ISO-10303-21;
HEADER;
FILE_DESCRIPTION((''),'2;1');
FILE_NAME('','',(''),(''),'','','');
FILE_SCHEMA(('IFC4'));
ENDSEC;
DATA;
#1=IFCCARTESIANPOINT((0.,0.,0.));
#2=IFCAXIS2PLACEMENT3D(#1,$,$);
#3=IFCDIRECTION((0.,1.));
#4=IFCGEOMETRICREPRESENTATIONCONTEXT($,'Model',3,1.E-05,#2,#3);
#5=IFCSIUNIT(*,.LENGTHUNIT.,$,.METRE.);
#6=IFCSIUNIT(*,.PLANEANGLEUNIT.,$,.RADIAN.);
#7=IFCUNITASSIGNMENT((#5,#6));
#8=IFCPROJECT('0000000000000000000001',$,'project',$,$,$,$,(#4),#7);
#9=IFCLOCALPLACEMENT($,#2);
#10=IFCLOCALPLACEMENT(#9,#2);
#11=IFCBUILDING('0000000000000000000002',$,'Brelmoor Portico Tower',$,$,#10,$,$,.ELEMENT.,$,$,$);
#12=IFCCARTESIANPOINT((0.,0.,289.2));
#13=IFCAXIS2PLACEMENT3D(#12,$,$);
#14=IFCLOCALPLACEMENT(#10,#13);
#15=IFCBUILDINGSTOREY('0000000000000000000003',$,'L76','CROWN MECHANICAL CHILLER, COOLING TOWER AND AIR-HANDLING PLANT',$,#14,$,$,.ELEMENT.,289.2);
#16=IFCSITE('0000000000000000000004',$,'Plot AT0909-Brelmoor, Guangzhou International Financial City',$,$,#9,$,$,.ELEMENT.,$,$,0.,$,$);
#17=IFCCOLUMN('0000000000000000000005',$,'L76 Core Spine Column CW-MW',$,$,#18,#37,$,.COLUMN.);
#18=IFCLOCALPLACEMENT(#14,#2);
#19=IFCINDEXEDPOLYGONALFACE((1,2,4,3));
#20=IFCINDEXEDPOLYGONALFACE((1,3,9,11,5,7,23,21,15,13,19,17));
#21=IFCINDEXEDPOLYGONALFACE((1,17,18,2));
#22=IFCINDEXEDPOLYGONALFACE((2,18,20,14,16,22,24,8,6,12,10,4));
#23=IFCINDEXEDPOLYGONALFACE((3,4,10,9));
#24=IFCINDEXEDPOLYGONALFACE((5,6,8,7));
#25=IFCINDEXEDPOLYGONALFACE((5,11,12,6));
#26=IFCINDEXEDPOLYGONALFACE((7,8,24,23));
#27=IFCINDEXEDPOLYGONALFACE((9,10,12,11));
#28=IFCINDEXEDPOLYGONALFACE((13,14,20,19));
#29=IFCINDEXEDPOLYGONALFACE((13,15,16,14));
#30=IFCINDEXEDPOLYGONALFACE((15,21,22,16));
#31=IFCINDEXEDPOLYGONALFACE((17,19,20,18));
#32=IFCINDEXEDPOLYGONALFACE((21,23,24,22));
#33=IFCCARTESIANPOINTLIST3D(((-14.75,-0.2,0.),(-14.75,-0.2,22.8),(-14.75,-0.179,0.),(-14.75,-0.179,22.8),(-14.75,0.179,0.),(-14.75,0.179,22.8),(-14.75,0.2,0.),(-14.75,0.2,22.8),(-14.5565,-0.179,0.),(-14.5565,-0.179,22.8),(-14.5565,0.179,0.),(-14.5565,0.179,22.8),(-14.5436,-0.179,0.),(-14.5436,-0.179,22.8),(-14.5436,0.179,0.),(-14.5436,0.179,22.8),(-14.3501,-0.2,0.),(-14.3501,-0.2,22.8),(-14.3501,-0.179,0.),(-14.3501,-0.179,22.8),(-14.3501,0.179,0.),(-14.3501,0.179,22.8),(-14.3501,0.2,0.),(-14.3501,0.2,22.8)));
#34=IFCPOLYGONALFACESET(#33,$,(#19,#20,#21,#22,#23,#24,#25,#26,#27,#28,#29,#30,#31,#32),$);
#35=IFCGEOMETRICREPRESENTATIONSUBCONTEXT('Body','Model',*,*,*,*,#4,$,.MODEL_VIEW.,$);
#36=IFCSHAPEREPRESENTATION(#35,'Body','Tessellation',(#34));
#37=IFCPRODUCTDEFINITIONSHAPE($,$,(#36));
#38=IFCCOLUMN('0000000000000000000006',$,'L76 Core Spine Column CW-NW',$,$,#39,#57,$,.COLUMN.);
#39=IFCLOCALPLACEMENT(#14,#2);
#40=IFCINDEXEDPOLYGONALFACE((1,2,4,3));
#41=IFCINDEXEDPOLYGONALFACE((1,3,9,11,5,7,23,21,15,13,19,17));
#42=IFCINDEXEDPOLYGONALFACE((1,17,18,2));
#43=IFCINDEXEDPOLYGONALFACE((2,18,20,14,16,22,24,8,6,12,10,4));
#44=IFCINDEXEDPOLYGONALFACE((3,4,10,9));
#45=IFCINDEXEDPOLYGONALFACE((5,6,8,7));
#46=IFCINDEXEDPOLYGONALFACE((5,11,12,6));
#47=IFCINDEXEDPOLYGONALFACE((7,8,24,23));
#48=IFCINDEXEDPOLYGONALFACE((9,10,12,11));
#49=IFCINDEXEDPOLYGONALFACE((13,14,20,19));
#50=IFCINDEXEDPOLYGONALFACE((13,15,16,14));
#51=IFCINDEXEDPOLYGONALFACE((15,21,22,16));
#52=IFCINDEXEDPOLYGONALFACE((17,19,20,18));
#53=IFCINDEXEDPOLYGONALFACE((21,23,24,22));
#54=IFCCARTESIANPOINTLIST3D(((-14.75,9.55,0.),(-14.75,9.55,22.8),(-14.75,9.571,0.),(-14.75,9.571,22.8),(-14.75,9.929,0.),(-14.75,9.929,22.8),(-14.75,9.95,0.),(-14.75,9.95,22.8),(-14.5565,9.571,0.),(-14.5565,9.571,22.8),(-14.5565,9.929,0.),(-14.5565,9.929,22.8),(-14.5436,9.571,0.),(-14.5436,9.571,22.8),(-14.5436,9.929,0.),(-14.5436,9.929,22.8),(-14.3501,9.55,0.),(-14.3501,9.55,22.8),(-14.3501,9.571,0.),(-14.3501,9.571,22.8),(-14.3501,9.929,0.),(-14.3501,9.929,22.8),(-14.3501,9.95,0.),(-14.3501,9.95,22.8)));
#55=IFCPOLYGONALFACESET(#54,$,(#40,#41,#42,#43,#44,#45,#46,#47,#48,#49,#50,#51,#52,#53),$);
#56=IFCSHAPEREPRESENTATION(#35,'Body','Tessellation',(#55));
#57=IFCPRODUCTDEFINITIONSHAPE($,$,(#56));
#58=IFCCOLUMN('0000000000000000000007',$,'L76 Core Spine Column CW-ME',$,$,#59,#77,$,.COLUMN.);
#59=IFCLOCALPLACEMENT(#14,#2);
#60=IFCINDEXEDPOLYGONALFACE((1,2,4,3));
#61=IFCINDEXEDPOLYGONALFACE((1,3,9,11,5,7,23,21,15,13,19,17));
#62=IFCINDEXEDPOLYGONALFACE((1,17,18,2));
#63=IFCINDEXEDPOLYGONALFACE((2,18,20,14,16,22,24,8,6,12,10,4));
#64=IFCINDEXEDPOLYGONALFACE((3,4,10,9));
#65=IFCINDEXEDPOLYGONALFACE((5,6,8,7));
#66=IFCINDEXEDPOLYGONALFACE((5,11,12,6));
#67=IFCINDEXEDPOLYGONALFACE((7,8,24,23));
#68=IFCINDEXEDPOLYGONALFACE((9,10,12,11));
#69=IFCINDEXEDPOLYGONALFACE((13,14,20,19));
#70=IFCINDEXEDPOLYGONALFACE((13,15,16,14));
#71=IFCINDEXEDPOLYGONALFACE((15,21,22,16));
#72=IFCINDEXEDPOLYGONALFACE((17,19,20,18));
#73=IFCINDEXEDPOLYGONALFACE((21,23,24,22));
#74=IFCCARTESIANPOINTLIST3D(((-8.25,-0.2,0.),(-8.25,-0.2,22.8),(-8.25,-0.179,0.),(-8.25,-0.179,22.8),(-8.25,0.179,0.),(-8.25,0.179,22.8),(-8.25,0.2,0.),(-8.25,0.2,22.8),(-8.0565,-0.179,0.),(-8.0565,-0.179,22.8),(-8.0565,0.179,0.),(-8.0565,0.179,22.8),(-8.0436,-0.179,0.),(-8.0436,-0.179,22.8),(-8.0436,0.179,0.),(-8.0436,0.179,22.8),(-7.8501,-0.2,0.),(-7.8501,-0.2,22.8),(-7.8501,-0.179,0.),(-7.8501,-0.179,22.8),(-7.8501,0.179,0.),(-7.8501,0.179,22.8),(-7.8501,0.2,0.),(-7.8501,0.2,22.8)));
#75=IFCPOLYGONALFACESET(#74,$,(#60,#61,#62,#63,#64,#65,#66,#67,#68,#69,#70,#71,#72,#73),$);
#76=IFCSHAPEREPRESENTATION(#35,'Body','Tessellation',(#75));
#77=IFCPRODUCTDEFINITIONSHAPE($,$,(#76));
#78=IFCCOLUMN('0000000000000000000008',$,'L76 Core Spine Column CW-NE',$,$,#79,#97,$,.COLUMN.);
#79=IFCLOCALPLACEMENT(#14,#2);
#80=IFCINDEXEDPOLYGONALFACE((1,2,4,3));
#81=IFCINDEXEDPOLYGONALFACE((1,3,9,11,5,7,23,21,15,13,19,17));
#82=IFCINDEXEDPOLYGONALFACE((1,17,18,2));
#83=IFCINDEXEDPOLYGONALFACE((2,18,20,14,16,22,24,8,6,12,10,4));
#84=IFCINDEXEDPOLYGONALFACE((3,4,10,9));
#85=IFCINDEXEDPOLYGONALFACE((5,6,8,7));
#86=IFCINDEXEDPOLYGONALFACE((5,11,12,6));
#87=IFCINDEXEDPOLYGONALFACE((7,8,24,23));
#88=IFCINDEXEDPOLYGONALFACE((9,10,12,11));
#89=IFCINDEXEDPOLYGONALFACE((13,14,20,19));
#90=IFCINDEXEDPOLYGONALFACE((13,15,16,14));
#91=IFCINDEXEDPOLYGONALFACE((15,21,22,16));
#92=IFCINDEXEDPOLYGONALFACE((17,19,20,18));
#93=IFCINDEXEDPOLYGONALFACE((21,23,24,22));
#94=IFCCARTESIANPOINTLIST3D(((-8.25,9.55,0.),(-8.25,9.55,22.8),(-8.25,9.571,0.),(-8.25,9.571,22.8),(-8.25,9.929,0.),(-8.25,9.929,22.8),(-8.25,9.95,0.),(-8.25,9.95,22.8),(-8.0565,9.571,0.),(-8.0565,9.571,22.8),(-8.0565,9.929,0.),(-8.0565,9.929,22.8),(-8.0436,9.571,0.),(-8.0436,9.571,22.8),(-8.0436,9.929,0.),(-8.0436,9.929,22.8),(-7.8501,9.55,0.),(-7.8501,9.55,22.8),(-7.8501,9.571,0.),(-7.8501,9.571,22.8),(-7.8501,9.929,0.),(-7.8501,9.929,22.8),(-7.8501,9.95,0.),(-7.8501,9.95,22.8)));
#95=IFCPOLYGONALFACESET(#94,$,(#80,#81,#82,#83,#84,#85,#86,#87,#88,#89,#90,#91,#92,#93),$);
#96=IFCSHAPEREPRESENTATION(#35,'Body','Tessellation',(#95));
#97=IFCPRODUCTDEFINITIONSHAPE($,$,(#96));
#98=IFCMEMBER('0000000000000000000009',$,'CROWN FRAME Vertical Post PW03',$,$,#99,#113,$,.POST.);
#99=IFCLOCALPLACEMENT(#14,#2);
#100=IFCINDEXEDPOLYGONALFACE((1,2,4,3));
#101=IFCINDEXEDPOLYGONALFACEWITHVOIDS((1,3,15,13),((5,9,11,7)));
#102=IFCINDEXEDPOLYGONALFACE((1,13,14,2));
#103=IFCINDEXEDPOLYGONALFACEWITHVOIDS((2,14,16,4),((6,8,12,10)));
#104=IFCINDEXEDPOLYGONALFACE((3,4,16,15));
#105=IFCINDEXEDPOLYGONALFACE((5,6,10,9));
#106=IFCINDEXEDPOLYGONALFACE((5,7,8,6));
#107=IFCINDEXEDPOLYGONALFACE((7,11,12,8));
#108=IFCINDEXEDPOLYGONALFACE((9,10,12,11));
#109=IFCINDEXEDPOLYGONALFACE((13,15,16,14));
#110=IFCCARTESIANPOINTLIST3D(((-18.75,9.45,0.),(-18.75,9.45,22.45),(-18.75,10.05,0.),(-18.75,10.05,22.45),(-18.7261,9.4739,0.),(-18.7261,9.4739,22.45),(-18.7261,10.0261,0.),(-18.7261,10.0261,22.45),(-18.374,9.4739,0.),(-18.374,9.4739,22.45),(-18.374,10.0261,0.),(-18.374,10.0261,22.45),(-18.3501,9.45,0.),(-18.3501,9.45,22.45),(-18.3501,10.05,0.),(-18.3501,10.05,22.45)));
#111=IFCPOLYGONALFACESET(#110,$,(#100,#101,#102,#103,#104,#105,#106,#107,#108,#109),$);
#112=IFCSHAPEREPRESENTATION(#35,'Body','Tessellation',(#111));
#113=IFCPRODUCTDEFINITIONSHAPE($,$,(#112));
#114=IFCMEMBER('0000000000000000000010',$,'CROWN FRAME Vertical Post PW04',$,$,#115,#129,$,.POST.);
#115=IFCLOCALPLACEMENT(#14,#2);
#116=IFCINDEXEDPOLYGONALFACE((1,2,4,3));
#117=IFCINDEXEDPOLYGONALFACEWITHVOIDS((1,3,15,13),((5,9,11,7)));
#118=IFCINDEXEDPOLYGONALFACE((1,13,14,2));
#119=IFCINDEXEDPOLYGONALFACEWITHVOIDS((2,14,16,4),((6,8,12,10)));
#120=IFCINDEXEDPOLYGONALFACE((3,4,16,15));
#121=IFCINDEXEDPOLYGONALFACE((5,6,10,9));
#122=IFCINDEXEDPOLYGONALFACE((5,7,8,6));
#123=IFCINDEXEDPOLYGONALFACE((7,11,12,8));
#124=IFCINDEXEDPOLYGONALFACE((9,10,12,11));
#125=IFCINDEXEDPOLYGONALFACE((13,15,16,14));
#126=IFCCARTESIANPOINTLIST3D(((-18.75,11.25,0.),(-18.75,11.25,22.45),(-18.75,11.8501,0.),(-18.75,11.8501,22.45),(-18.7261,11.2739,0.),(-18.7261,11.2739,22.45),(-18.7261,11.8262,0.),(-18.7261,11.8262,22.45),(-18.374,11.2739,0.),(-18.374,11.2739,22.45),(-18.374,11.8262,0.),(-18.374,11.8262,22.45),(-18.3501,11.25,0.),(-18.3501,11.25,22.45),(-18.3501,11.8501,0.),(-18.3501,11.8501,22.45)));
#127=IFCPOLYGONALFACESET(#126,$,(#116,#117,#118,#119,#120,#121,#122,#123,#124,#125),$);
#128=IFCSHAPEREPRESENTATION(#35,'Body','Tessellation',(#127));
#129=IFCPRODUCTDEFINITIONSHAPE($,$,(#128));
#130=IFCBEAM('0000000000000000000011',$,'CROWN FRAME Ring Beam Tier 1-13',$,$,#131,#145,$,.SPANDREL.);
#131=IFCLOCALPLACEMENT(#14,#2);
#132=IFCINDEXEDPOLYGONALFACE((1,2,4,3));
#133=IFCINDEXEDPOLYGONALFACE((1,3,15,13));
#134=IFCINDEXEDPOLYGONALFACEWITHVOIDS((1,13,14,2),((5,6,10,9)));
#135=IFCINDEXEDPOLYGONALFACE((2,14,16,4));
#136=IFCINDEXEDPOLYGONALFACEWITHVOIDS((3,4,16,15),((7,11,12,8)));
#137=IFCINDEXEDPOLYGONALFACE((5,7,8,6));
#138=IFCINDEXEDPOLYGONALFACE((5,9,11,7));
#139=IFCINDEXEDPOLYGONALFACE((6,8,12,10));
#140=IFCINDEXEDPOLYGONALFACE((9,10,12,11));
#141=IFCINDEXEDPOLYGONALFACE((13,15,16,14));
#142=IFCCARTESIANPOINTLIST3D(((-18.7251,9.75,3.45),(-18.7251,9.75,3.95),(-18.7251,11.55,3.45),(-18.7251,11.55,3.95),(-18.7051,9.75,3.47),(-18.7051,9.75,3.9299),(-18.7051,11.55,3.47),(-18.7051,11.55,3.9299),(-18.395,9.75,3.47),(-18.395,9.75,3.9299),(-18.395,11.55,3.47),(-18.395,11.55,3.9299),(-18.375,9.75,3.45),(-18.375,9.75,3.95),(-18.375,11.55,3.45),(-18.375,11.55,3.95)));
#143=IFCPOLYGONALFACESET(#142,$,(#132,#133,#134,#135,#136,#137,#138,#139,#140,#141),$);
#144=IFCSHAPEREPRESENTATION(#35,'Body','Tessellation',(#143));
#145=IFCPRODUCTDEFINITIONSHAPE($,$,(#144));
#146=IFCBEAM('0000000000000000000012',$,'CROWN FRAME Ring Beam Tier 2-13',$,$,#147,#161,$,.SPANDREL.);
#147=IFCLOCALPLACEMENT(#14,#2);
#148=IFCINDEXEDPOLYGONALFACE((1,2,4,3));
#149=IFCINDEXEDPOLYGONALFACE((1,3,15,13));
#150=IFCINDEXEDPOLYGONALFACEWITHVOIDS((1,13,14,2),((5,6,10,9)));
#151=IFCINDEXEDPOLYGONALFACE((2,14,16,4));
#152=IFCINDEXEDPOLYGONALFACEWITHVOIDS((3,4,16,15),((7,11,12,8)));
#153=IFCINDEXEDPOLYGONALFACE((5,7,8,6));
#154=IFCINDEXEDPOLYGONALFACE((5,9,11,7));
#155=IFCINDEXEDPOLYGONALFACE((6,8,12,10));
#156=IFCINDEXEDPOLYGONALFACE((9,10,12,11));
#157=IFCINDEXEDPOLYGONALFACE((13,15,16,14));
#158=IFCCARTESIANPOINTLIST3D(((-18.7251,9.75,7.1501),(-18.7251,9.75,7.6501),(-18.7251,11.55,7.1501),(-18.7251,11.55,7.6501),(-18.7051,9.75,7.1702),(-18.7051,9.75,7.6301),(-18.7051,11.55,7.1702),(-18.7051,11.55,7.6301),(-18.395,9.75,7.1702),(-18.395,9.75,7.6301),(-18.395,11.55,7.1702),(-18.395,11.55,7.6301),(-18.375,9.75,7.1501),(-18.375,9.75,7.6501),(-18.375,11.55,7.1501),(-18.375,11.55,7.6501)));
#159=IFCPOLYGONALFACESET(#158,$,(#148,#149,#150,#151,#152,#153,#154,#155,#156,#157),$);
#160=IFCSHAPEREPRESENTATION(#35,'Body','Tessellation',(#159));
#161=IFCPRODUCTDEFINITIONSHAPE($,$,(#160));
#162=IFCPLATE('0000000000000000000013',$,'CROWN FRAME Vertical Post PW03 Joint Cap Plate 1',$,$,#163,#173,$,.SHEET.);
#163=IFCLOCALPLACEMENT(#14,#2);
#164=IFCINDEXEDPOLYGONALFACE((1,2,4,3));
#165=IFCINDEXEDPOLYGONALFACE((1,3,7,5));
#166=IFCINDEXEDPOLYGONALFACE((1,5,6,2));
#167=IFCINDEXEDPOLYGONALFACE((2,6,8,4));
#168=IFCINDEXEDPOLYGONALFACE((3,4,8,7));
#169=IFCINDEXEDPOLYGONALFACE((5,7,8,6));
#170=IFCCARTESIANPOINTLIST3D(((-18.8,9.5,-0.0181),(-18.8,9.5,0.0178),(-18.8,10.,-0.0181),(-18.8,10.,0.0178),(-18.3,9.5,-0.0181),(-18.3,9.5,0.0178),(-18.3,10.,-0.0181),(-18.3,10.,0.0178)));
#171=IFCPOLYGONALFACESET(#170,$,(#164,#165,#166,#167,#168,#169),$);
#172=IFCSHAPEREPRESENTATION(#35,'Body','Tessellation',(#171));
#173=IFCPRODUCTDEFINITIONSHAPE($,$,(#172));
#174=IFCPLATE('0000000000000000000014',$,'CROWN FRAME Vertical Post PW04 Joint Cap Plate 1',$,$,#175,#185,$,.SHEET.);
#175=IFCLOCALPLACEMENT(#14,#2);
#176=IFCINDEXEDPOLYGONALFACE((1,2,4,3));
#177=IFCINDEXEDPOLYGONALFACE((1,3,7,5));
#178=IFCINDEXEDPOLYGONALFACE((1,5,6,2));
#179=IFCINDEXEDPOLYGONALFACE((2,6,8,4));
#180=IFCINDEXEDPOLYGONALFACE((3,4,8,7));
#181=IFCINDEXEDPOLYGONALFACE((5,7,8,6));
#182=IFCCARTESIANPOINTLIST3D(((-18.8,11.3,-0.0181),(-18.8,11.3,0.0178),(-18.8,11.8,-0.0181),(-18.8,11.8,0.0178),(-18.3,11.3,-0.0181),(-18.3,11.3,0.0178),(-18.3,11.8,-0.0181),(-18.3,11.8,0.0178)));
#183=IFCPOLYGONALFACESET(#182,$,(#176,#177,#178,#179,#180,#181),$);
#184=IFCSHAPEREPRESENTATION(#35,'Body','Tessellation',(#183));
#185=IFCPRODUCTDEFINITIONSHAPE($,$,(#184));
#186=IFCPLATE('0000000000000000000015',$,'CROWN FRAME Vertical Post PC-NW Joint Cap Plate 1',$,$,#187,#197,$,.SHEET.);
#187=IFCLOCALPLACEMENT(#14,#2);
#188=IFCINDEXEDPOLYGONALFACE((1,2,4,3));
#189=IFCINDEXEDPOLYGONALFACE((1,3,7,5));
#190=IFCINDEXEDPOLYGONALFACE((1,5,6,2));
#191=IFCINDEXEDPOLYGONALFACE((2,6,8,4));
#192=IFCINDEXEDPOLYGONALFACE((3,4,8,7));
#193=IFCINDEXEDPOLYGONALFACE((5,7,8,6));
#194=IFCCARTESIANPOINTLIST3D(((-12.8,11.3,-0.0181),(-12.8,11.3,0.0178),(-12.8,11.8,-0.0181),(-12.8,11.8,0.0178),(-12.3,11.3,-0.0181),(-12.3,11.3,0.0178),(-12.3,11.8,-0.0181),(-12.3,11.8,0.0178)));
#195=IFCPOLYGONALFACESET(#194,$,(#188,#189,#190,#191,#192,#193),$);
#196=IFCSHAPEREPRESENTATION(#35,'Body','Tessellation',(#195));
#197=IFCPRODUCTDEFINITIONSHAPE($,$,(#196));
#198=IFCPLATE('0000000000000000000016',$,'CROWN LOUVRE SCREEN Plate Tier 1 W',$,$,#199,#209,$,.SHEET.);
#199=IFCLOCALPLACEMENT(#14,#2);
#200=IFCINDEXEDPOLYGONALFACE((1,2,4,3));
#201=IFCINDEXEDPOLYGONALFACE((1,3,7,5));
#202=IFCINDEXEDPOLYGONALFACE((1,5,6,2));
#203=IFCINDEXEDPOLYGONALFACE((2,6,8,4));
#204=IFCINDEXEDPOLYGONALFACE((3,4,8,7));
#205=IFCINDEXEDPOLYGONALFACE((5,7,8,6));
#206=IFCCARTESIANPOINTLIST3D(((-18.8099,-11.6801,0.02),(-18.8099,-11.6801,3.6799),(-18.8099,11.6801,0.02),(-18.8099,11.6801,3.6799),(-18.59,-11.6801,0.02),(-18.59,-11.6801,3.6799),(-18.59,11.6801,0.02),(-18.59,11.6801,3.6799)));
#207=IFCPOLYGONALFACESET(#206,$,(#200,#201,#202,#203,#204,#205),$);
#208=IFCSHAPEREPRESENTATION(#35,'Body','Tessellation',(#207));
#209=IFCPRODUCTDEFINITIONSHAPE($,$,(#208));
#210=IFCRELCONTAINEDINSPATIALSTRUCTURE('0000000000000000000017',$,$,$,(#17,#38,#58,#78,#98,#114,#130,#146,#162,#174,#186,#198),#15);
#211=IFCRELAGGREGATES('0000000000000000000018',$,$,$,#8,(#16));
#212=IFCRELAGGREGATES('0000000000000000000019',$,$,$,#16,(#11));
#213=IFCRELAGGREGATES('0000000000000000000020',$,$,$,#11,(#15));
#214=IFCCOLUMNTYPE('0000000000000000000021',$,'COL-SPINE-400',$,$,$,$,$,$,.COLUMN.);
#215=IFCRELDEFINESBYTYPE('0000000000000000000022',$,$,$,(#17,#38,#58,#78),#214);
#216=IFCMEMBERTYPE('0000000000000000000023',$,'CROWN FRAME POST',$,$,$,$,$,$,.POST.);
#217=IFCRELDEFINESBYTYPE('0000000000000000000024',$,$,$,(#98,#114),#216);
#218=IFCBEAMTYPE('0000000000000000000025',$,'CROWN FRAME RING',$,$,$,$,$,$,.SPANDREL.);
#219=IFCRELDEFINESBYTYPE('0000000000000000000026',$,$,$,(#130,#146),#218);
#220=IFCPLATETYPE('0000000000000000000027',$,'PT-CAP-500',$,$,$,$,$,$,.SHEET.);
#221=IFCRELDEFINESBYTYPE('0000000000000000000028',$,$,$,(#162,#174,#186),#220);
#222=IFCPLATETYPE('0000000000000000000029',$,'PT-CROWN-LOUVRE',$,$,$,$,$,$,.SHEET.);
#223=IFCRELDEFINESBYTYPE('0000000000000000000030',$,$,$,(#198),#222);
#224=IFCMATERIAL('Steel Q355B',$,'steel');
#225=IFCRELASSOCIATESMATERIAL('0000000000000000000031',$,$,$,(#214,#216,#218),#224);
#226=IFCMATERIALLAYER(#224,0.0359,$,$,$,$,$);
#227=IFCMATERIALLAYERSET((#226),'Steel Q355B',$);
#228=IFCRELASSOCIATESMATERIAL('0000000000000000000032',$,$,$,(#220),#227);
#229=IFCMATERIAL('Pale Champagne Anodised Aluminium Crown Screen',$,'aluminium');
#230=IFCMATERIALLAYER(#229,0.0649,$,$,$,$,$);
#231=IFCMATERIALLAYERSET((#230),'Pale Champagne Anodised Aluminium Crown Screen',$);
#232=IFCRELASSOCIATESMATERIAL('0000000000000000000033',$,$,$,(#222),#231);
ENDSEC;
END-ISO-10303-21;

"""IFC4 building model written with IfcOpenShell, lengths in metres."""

from ifc_helpers import new_model, si_unit, direction, frame, origin, origin_2d, place, context, subcontext, project, spatial, rectangle, hollow_rectangle, i_section, extrude, material, layer, layer_set, material_profile, profile_set, type_object, element, save


model = new_model("IFC4")

# Units and contexts
model_context = context("Model", 3, precision=1e-05, world=origin(), true_north=direction((0.0, 1.0)))
body_context = subcontext(model_context, "Body", "Model", "MODEL_VIEW")
ifc_project = project(units=[si_unit("LENGTHUNIT", "METRE"), si_unit("PLANEANGLEUNIT", "RADIAN")], contexts=[model_context])

# Site, building, storey
site_placement = place(None, origin())
site = spatial("IfcSite", under=ifc_project, at=site_placement, Name="Plot AT0909-Brelmoor, Guangzhou International Financial City", CompositionType="ELEMENT", RefElevation=0.0)
building_placement = place(site_placement, origin())
building = spatial("IfcBuilding", under=site, at=building_placement, Name="Brelmoor Portico Tower", CompositionType="ELEMENT")
storey_placement = place(building_placement, frame((0.0, 0.0, 289.2)))
storey = spatial("IfcBuildingStorey", under=building, at=storey_placement, Name="L76", Description="CROWN MECHANICAL CHILLER, COOLING TOWER AND AIR-HANDLING PLANT", CompositionType="ELEMENT", Elevation=289.2)

# Columns
ifc_material_1 = material(Name="Steel Q355B", Category="steel")
ifc_material_profile_1 = material_profile(ifc_material_1, i_section(OverallWidth=0.3999, OverallDepth=0.3999, WebThickness=0.0129, FlangeThickness=0.021, at=origin_2d()), Name="HW 400x400x13x21")
ifc_profile_set_1 = profile_set([ifc_material_profile_1], Name="Steel Q355B")
column_type = type_object("IfcColumnType", Name="COL-SPINE-400", PredefinedType="COLUMN", material=ifc_profile_set_1)
for number, where, z_axis, x_axis, name in (
    (1, (-14.55, 0.0, 0.0), (0.0, 0.0, 1.0), (1.0, 0.0, 0.0), "L76 Core Spine Column CW-MW"),
    (2, (-14.55, 9.75, 0.0), (0.0, 0.0, 1.0), (1.0, 0.0, 0.0), "L76 Core Spine Column CW-NW"),
    (3, (-8.05, 0.0, 0.0), (0.0, 0.0, 1.0), (1.0, 0.0, 0.0), "L76 Core Spine Column CW-ME"),
    (4, (-8.05, 9.75, 0.0), (0.0, 0.0, 1.0), (1.0, 0.0, 0.0), "L76 Core Spine Column CW-NE"),
):
    element("IfcColumn", number, at=place(storey_placement, frame(where, z_axis=z_axis, x_axis=x_axis)), inside=storey, type_object=column_type, Name=name, PredefinedType="COLUMN", context=body_context, shape_type="SweptSolid", body=[
        extrude(i_section(OverallWidth=0.3999, OverallDepth=0.3999, WebThickness=0.0129, FlangeThickness=0.021, at=origin_2d()), origin(), (0.0, 0.0, 1.0), 22.8),
    ])

# Members
ifc_material_profile_2 = material_profile(ifc_material_1, hollow_rectangle(XDim=0.3999, YDim=0.6001, WallThickness=0.0239, at=origin_2d()), Name="RHS 400x600x24")
ifc_profile_set_2 = profile_set([ifc_material_profile_2], Name="Steel Q355B")
member_type = type_object("IfcMemberType", Name="CROWN FRAME POST", PredefinedType="POST", material=ifc_profile_set_2)
for number, where, z_axis, x_axis, name in (
    (5, (-18.55, 9.75, 0.0), (0.0, 0.0, 1.0), (1.0, 0.0, 0.0), "CROWN FRAME Vertical Post PW03"),
    (6, (-18.55, 11.55, 0.0), (0.0, 0.0, 1.0), (1.0, 0.0, 0.0), "CROWN FRAME Vertical Post PW04"),
):
    element("IfcMember", number, at=place(storey_placement, frame(where, z_axis=z_axis, x_axis=x_axis)), inside=storey, type_object=member_type, Name=name, PredefinedType="POST", context=body_context, shape_type="SweptSolid", body=[
        extrude(hollow_rectangle(XDim=0.3999, YDim=0.6001, WallThickness=0.0239, at=origin_2d()), origin(), (0.0, 0.0, 1.0), 22.45),
    ])

# Beams
ifc_material_profile_3 = material_profile(ifc_material_1, hollow_rectangle(XDim=0.3501, YDim=0.5, WallThickness=0.02, at=origin_2d()), Name="RHS 350x500x20")
ifc_profile_set_3 = profile_set([ifc_material_profile_3], Name="Steel Q355B")
beam_type = type_object("IfcBeamType", Name="CROWN FRAME RING", PredefinedType="SPANDREL", material=ifc_profile_set_3)
for number, where, z_axis, x_axis, name in (
    (7, (-18.55, 9.75, 3.7), (0.0, 1.0, 0.0), (-1.0, 0.0, 0.0), "CROWN FRAME Ring Beam Tier 1-13"),
    (8, (-18.55, 9.75, 7.4001), (0.0, 1.0, 0.0), (-1.0, 0.0, 0.0), "CROWN FRAME Ring Beam Tier 2-13"),
):
    element("IfcBeam", number, at=place(storey_placement, frame(where, z_axis=z_axis, x_axis=x_axis)), inside=storey, type_object=beam_type, Name=name, PredefinedType="SPANDREL", context=body_context, shape_type="SweptSolid", body=[
        extrude(hollow_rectangle(XDim=0.3501, YDim=0.5, WallThickness=0.02, at=origin_2d()), origin(), (0.0, 0.0, 1.0), 1.8),
    ])

# Plates
ifc_layer_1 = layer(ifc_material_1, 0.0359)
ifc_layer_set_1 = layer_set([ifc_layer_1], Name="Steel Q355B")
plate_type_1 = type_object("IfcPlateType", Name="PT-CAP-500", PredefinedType="SHEET", material=ifc_layer_set_1)
for number, where, z_axis, x_axis, name in (
    (9, (-18.55, 9.75, -0.0181), (0.0, 0.0, 1.0), (1.0, 0.0, 0.0), "CROWN FRAME Vertical Post PW03 Joint Cap Plate 1"),
    (10, (-18.55, 11.55, -0.0181), (0.0, 0.0, 1.0), (1.0, 0.0, 0.0), "CROWN FRAME Vertical Post PW04 Joint Cap Plate 1"),
    (11, (-12.55, 11.55, -0.0181), (0.0, 0.0, 1.0), (1.0, 0.0, 0.0), "CROWN FRAME Vertical Post PC-NW Joint Cap Plate 1"),
):
    element("IfcPlate", number, at=place(storey_placement, frame(where, z_axis=z_axis, x_axis=x_axis)), inside=storey, type_object=plate_type_1, Name=name, PredefinedType="SHEET", context=body_context, shape_type="SweptSolid", body=[
        extrude(rectangle(XDim=0.5, YDim=0.5, at=origin_2d()), origin(), (0.0, 0.0, 1.0), 0.0359),
    ])
ifc_material_2 = material(Name="Pale Champagne Anodised Aluminium Crown Screen", Category="aluminium")
ifc_layer_2 = layer(ifc_material_2, 0.0649)
ifc_layer_set_2 = layer_set([ifc_layer_2], Name="Pale Champagne Anodised Aluminium Crown Screen")
plate_type_2 = type_object("IfcPlateType", Name="PT-CROWN-LOUVRE", PredefinedType="SHEET", material=ifc_layer_set_2)
for number, where, z_axis, x_axis, name in (
    (12, (-18.7, 0.0, 0.02), (0.0, 0.0, 1.0), (0.0, 1.0, 0.0), "CROWN LOUVRE SCREEN Plate Tier 1 W"),
):
    element("IfcPlate", number, at=place(storey_placement, frame(where, z_axis=z_axis, x_axis=x_axis)), inside=storey, type_object=plate_type_2, Name=name, PredefinedType="SHEET", context=body_context, shape_type="SweptSolid", body=[
        extrude(rectangle(XDim=23.3601, YDim=0.22, at=origin_2d()), origin(), (0.0, 0.0, 1.0), 3.6599),
    ])

save(model, "model.ifc")
